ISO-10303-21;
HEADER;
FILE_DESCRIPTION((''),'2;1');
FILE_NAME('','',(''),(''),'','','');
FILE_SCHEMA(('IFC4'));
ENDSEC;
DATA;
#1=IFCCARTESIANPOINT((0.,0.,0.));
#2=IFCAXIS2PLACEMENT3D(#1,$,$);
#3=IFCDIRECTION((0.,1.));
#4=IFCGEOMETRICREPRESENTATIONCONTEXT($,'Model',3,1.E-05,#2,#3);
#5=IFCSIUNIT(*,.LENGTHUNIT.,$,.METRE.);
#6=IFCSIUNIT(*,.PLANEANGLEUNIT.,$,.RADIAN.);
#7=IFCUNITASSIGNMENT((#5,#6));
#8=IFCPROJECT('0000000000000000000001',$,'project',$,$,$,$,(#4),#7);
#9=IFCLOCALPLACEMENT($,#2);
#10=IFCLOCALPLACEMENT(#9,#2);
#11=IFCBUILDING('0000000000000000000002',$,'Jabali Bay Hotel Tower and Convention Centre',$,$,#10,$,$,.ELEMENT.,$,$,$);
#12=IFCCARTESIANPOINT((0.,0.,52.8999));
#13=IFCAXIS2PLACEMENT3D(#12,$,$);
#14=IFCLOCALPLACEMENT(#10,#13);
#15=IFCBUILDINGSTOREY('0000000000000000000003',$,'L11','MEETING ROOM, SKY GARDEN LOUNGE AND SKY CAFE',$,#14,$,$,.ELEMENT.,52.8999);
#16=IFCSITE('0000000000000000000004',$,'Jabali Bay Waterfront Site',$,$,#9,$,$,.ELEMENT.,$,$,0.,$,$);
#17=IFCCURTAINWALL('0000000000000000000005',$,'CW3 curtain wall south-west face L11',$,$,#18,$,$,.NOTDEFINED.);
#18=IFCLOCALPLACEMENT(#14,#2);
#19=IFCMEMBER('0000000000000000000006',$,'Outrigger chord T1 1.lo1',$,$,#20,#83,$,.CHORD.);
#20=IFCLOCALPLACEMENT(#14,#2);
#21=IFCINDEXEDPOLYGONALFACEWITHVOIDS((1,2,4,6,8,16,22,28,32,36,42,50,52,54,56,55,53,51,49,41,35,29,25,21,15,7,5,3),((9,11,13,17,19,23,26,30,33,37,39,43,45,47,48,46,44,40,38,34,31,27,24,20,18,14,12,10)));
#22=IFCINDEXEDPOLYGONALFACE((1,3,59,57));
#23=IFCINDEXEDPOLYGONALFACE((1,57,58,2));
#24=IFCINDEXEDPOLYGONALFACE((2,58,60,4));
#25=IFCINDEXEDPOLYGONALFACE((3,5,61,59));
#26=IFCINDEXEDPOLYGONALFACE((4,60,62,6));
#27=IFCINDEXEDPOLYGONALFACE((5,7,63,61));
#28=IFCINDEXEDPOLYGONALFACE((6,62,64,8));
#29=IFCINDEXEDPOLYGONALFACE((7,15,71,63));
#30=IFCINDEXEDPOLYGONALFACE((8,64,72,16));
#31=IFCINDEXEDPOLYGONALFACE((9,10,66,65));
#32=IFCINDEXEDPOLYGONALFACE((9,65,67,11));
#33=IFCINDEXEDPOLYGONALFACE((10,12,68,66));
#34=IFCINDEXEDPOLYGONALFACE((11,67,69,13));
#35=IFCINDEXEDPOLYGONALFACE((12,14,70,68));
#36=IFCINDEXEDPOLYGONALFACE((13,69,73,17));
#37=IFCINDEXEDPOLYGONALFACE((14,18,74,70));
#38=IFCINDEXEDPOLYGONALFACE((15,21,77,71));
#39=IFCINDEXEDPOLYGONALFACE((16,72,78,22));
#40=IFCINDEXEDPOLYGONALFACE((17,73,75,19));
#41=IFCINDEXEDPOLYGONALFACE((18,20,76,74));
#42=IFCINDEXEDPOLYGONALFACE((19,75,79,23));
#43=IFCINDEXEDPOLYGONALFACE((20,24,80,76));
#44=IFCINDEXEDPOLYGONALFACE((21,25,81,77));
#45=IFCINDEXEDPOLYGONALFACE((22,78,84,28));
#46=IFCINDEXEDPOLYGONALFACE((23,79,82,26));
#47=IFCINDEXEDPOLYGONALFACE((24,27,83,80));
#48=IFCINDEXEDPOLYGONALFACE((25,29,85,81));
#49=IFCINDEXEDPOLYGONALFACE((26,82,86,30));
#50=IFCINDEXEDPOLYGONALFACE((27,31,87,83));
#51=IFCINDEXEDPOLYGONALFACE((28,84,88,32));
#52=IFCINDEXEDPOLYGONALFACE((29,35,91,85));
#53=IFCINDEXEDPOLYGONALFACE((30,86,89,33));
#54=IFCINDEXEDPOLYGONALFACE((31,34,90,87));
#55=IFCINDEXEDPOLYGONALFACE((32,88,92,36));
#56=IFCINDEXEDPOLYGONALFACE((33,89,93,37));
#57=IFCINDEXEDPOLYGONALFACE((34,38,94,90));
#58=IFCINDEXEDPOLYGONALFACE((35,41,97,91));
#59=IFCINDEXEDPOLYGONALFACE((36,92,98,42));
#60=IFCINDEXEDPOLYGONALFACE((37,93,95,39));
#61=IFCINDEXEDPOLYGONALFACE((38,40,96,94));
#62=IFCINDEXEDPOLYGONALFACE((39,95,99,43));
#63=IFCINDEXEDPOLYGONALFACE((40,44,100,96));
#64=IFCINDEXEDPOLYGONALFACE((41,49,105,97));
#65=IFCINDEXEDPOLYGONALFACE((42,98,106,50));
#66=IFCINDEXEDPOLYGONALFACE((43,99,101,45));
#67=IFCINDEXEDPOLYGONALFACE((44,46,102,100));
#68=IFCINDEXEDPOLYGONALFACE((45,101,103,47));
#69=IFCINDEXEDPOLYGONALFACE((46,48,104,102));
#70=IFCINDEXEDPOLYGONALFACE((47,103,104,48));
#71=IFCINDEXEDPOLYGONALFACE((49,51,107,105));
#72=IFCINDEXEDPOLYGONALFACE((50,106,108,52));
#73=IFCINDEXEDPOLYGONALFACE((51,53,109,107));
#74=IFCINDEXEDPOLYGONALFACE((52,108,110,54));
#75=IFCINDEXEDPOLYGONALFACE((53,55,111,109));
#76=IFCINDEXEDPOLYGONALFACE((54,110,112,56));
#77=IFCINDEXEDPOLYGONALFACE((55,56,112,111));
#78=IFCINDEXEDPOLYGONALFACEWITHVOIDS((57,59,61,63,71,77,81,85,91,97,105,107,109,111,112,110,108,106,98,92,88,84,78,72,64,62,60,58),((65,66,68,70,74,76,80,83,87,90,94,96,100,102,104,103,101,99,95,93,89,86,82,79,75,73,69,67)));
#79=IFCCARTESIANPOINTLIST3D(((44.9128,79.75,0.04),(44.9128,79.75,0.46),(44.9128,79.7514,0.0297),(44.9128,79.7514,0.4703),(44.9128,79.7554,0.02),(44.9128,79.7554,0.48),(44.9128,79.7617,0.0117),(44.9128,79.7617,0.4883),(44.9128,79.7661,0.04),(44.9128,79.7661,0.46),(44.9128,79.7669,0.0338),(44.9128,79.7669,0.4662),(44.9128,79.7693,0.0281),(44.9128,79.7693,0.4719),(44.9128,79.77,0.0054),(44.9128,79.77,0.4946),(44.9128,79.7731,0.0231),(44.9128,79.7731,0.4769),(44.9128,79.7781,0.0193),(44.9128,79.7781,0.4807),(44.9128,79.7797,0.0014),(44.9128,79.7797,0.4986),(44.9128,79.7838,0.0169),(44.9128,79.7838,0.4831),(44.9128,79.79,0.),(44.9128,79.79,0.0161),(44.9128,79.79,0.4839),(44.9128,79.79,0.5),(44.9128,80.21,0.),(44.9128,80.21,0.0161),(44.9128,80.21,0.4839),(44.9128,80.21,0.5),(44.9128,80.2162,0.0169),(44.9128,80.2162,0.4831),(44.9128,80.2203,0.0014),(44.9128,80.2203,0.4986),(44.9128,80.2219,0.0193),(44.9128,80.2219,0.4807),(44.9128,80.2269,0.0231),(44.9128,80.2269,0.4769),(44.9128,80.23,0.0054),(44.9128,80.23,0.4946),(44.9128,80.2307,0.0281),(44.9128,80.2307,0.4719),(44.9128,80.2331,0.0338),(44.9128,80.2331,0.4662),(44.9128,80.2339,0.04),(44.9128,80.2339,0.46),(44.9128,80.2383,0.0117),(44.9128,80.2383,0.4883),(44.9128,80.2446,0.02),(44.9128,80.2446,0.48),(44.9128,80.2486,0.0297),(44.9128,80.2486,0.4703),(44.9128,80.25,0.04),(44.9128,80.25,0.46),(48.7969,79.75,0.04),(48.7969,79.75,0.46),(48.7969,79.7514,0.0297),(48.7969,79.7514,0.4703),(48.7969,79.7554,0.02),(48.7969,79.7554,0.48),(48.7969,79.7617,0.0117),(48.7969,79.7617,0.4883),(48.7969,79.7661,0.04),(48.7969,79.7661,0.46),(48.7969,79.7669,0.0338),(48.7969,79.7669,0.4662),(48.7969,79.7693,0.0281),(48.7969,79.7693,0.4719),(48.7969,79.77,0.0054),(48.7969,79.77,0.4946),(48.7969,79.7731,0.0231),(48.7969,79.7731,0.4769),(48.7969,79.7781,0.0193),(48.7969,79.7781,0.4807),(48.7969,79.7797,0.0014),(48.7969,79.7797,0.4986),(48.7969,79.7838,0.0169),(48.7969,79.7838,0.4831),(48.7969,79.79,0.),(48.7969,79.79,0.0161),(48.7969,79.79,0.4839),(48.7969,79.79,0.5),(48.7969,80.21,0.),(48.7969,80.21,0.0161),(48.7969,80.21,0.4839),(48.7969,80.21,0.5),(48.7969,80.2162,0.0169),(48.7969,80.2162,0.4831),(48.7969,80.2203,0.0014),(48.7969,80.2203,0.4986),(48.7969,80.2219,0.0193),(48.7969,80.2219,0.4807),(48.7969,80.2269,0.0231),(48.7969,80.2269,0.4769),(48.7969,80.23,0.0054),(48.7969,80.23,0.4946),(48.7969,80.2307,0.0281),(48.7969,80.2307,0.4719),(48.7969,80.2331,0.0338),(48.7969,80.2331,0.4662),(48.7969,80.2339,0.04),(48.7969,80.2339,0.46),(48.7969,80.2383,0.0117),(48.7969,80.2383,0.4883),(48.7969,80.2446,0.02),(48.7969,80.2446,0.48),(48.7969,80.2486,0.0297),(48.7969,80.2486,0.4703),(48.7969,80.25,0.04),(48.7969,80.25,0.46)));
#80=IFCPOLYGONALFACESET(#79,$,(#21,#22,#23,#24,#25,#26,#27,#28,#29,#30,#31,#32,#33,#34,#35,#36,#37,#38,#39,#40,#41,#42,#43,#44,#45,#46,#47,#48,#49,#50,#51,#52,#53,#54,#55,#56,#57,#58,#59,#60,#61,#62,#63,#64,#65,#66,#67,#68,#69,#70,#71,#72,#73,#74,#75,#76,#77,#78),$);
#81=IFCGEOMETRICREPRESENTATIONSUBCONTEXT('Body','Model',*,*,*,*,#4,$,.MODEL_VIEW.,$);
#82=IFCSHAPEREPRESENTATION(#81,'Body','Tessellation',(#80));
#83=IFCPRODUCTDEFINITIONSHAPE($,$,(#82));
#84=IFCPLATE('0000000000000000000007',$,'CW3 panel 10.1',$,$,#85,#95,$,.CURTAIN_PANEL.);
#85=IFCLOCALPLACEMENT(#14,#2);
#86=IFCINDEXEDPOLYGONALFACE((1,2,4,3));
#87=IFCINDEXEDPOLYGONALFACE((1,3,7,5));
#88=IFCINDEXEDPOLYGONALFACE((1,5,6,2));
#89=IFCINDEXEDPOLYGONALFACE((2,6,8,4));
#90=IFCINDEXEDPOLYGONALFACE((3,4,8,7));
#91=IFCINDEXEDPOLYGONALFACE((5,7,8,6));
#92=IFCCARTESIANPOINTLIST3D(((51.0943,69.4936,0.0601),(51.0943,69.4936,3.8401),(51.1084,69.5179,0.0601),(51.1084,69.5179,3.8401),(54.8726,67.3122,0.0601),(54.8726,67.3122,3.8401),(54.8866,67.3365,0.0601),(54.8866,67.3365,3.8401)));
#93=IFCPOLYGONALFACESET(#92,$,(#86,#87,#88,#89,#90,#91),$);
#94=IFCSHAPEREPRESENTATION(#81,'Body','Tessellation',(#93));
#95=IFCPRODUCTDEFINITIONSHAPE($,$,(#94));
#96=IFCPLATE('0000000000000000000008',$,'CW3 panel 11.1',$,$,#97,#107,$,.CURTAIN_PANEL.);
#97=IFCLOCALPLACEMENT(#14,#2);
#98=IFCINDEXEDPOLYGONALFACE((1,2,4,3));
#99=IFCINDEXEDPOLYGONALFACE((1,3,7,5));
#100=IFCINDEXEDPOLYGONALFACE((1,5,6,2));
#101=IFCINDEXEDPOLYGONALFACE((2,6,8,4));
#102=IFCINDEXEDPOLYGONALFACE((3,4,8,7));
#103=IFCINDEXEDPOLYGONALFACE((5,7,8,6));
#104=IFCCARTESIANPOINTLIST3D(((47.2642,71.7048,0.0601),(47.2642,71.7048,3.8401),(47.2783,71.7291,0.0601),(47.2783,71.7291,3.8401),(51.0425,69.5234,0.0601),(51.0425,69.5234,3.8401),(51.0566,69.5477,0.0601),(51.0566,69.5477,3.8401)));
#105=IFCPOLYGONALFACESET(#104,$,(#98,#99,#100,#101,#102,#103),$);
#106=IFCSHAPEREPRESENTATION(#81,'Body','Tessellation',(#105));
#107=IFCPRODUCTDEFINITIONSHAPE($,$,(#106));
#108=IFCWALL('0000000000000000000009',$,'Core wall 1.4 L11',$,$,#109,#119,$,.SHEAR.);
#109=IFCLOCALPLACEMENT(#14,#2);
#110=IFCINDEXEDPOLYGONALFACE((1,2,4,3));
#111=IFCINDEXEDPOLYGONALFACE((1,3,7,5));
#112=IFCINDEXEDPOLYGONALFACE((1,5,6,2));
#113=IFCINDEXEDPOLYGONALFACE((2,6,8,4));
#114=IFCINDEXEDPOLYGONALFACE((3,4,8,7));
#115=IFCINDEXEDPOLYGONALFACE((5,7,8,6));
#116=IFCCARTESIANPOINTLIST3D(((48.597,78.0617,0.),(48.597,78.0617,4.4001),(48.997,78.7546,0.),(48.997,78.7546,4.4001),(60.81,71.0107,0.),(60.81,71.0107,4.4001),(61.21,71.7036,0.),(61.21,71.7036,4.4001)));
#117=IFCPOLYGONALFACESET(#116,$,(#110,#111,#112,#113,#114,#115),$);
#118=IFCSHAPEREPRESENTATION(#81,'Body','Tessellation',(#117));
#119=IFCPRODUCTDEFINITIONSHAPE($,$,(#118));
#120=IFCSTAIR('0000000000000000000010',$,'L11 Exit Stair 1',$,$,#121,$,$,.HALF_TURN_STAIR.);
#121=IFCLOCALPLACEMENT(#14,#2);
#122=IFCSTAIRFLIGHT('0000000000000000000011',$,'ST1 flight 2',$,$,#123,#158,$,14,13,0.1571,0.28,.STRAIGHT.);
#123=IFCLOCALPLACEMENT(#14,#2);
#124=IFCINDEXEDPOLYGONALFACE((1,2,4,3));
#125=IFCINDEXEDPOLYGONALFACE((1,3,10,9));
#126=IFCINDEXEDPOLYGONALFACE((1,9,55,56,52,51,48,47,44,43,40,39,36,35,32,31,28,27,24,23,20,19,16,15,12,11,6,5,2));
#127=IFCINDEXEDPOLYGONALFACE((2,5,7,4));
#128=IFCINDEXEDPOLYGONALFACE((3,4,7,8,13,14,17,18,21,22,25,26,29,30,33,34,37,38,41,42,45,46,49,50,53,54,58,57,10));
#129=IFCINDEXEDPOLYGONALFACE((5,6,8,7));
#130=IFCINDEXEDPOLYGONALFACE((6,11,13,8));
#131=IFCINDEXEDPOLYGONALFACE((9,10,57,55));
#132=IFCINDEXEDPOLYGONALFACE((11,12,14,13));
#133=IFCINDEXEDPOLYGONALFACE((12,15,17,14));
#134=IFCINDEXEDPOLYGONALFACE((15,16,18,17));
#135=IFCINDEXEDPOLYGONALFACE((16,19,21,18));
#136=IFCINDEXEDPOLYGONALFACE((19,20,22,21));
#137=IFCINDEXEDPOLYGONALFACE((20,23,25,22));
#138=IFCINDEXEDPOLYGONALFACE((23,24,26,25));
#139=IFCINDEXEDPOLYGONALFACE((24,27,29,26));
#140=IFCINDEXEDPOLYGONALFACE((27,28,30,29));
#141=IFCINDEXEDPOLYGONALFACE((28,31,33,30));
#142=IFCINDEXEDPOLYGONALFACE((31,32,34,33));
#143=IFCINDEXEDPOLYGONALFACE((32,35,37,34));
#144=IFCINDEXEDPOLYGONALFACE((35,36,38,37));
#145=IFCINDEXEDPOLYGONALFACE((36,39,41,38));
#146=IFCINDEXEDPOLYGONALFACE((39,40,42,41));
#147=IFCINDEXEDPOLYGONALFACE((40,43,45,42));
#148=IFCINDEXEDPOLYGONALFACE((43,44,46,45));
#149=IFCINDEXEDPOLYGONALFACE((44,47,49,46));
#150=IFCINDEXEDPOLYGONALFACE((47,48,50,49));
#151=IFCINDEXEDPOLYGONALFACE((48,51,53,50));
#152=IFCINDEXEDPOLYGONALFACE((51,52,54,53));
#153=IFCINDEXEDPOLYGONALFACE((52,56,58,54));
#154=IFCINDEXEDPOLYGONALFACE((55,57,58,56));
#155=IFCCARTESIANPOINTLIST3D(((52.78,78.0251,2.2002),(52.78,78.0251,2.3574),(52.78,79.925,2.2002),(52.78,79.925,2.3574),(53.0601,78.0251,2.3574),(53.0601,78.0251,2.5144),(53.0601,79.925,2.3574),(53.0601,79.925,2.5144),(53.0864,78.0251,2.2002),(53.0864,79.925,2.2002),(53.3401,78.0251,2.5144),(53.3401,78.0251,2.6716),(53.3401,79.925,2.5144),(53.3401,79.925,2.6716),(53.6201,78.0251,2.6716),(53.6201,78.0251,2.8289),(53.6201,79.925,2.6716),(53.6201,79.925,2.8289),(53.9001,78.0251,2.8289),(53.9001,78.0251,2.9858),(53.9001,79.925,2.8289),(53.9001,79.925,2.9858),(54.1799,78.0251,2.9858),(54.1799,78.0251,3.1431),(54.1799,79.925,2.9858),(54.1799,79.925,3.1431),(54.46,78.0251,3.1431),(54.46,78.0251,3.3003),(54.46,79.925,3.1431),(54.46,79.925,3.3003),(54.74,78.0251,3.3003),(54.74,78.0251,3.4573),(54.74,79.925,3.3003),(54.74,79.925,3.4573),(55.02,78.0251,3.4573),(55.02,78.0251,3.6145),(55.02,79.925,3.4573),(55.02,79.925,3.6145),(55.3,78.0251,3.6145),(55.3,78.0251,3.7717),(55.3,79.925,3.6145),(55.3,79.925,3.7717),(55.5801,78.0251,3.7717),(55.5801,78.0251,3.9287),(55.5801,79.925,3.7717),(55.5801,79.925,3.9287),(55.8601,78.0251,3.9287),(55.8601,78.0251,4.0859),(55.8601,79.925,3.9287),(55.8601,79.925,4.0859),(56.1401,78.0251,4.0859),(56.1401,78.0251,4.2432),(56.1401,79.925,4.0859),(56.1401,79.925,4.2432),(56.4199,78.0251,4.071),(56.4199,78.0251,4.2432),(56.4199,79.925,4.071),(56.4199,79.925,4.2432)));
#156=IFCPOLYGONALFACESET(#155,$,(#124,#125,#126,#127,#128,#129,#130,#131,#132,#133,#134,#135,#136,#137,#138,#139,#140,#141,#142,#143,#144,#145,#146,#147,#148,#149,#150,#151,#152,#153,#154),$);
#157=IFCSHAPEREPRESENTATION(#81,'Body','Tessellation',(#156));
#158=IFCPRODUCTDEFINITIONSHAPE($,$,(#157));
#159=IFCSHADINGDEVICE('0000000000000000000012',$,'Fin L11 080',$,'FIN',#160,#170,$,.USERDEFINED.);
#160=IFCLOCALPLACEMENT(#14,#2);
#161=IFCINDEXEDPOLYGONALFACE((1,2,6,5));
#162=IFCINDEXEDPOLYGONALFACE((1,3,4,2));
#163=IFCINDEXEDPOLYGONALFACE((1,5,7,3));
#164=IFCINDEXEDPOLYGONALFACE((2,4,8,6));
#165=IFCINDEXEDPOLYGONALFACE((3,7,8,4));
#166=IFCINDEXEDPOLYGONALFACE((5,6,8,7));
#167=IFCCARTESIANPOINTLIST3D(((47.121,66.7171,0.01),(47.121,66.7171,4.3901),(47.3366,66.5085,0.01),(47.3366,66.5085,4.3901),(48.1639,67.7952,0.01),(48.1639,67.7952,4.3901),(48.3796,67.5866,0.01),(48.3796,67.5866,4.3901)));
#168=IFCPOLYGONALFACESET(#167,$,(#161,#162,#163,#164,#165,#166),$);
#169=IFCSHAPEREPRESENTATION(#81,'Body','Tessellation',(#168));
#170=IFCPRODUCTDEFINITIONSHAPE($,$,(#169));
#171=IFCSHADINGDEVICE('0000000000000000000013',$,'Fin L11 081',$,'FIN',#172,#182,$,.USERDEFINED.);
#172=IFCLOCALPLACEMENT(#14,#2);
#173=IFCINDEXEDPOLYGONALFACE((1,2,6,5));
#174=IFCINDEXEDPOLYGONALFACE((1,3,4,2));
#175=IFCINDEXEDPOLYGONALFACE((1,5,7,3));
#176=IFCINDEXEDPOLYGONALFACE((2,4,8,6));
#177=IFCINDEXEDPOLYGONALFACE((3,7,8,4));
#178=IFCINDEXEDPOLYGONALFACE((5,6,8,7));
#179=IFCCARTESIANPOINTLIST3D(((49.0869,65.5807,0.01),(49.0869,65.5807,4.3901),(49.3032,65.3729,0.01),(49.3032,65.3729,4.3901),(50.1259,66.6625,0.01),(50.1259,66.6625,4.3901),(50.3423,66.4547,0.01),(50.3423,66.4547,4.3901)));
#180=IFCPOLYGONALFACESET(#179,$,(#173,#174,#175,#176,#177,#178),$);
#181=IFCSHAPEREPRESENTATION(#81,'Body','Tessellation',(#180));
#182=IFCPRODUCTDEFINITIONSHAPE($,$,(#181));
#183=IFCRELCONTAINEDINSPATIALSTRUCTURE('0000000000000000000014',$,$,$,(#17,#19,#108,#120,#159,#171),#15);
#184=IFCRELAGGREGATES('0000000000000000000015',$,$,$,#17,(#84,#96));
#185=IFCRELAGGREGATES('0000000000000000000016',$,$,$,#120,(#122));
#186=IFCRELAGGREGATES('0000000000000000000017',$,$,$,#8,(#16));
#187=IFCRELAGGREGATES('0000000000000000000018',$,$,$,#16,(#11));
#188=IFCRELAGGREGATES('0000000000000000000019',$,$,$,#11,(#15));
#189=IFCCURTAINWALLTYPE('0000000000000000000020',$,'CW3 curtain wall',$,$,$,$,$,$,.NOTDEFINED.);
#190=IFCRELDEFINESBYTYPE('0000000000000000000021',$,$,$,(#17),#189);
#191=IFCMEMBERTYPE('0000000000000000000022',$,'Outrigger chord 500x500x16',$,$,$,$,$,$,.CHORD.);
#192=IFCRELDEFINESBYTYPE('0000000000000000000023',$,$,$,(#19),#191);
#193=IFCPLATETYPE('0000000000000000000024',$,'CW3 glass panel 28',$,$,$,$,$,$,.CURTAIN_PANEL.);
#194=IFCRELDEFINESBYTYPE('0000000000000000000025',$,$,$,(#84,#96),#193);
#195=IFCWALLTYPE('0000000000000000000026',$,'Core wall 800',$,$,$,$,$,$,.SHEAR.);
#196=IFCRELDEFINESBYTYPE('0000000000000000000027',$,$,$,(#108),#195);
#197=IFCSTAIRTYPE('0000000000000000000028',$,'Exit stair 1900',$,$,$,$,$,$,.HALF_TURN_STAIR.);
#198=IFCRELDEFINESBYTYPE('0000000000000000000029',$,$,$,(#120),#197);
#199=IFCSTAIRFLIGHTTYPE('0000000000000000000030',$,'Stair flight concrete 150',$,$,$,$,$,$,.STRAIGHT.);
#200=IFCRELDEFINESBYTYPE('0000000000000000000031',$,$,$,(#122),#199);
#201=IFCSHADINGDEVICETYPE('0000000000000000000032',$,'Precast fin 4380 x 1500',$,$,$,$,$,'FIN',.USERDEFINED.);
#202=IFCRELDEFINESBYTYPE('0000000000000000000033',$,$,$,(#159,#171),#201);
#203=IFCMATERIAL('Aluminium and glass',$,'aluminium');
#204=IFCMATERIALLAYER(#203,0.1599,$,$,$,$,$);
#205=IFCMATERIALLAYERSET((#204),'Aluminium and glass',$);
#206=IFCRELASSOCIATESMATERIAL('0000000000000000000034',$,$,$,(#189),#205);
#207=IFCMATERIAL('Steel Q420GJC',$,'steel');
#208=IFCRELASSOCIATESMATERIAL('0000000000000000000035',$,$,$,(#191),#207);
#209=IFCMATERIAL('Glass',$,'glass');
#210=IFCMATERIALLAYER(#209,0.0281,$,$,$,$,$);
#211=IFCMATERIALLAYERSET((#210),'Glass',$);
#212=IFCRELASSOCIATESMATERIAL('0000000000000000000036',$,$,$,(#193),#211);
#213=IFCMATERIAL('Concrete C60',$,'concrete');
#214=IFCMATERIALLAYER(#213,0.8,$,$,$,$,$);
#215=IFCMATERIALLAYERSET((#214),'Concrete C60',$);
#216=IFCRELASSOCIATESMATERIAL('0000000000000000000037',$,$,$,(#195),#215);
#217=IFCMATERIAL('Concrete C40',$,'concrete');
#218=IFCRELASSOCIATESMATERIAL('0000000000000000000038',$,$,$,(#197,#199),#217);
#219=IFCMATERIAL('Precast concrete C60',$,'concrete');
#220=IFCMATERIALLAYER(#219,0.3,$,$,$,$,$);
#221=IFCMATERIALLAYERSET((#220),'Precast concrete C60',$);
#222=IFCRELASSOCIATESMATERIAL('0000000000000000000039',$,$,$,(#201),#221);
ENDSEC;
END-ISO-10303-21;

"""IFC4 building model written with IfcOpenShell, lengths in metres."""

from ifc_helpers import new_model, si_unit, direction, frame, frame_2d, origin, origin_2d, place, context, subcontext, project, spatial, polyline, rectangle, hollow_rectangle, outline, extrude, material, layer, layer_set, material_profile, profile_set, type_object, element, aggregate, save


model = new_model("IFC4")

# Units and contexts
model_context = context("Model", 3, precision=1e-05, world=origin(), true_north=direction((0.0, 1.0)))
body_context = subcontext(model_context, "Body", "Model", "MODEL_VIEW")
ifc_project = project(units=[si_unit("LENGTHUNIT", "METRE"), si_unit("PLANEANGLEUNIT", "RADIAN")], contexts=[model_context])

# Site, building, storey
site_placement = place(None, origin())
site = spatial("IfcSite", under=ifc_project, at=site_placement, Name="Jabali Bay Waterfront Site", CompositionType="ELEMENT", RefElevation=0.0)
building_placement = place(site_placement, origin())
building = spatial("IfcBuilding", under=site, at=building_placement, Name="Jabali Bay Hotel Tower and Convention Centre", CompositionType="ELEMENT")
storey_placement = place(building_placement, frame((0.0, 0.0, 52.8999)))
storey = spatial("IfcBuildingStorey", under=building, at=storey_placement, Name="L11", Description="MEETING ROOM, SKY GARDEN LOUNGE AND SKY CAFE", CompositionType="ELEMENT", Elevation=52.8999)

# Shared definitions
ifc_material_1 = material(Name="Steel Q420GJC", Category="steel")

# Curtain wall
ifc_material_2 = material(Name="Aluminium and glass", Category="aluminium")
ifc_layer_1 = layer(ifc_material_2, 0.1599)
ifc_layer_set_1 = layer_set([ifc_layer_1], Name="Aluminium and glass")
curtain_wall_type = type_object("IfcCurtainWallType", Name="CW3 curtain wall", PredefinedType="NOTDEFINED", material=ifc_layer_set_1)
curtain_wall_placement = place(storey_placement, origin())
curtain_wall = element("IfcCurtainWall", 1, at=curtain_wall_placement, inside=storey, type_object=curtain_wall_type, Name="CW3 curtain wall south-west face L11", PredefinedType="NOTDEFINED")

# Member
ifc_material_profile_1 = material_profile(ifc_material_1, hollow_rectangle(XDim=0.5, YDim=0.5, WallThickness=0.0161, InnerFilletRadius=0.0239, OuterFilletRadius=0.04, at=origin_2d()), Name="Outrigger chord 500x500x16")
ifc_profile_set_1 = profile_set([ifc_material_profile_1], Name="Steel Q420GJC")
member_type_1 = type_object("IfcMemberType", Name="Outrigger chord 500x500x16", PredefinedType="CHORD", material=ifc_profile_set_1)
member_1_placement = place(storey_placement, frame((48.7969, 80.0, 0.25), z_axis=(-1.0, 0.0, 0.0), x_axis=(0.0, -1.0, 0.0)))
element("IfcMember", 2, at=member_1_placement, inside=storey, type_object=member_type_1, Name="Outrigger chord T1 1.lo1", PredefinedType="CHORD", context=body_context, shape_type="SweptSolid", body=[
    extrude(hollow_rectangle(XDim=0.5, YDim=0.5, WallThickness=0.0161, InnerFilletRadius=0.0239, OuterFilletRadius=0.04, at=origin_2d()), origin(), (0.0, 0.0, 1.0), 3.884),
])

# Plates
ifc_material_3 = material(Name="Glass", Category="glass")
ifc_layer_2 = layer(ifc_material_3, 0.0281)
ifc_layer_set_2 = layer_set([ifc_layer_2], Name="Glass")
plate_type = type_object("IfcPlateType", Name="CW3 glass panel 28", PredefinedType="CURTAIN_PANEL", material=ifc_layer_set_2)
plate_1_placement = place(storey_placement, frame((52.9905, 68.415, 0.0601), z_axis=(0.0, 0.0, 1.0), x_axis=(-0.866025, 0.5, 0.0)))
plate_1 = element("IfcPlate", 3, at=plate_1_placement, type_object=plate_type, Name="CW3 panel 10.1", PredefinedType="CURTAIN_PANEL", context=body_context, shape_type="SweptSolid", body=[
    extrude(rectangle(XDim=4.3628, YDim=0.0281, at=origin_2d()), origin(), (0.0, 0.0, 1.0), 3.78),
])
plate_2_placement = place(storey_placement, frame((49.1604, 70.6262, 0.0601), z_axis=(0.0, 0.0, 1.0), x_axis=(-0.866025, 0.5, 0.0)))
plate_2 = element("IfcPlate", 4, at=plate_2_placement, type_object=plate_type, Name="CW3 panel 11.1", PredefinedType="CURTAIN_PANEL", context=body_context, shape_type="SweptSolid", body=[
    extrude(rectangle(XDim=4.3628, YDim=0.0281, at=origin_2d()), origin(), (0.0, 0.0, 1.0), 3.78),
])
aggregate(curtain_wall, [plate_1, plate_2])

# Wall
ifc_material_4 = material(Name="Concrete C60", Category="concrete")
ifc_layer_3 = layer(ifc_material_4, 0.8)
ifc_layer_set_3 = layer_set([ifc_layer_3], Name="Concrete C60")
wall_type = type_object("IfcWallType", Name="Core wall 800", PredefinedType="SHEAR", material=ifc_layer_set_3)
wall_placement = place(storey_placement, frame((48.7969, 78.4082, 0.0), z_axis=(0.0, 0.0, 1.0), x_axis=(0.866033, -0.499988, 0.0)))
element("IfcWall", 5, at=wall_placement, inside=storey, type_object=wall_type, Name="Core wall 1.4 L11", PredefinedType="SHEAR", context=body_context, shape_type="SweptSolid", body=[
    extrude(rectangle(XDim=14.1023, YDim=0.8, at=frame_2d((7.0513, 0.0))), origin(), (0.0, 0.0, 1.0), 4.4001),
])

# Stair, stair flight
ifc_material_5 = material(Name="Concrete C40", Category="concrete")
stair_type = type_object("IfcStairType", Name="Exit stair 1900", PredefinedType="HALF_TURN_STAIR", material=ifc_material_5)
stair_placement = place(storey_placement, origin())
stair = element("IfcStair", 6, at=stair_placement, inside=storey, type_object=stair_type, Name="L11 Exit Stair 1", PredefinedType="HALF_TURN_STAIR")
stair_flight_type = type_object("IfcStairFlightType", Name="Stair flight concrete 150", PredefinedType="STRAIGHT", material=ifc_material_5)
stair_flight_placement = place(storey_placement, frame((52.78, 78.9751, 2.2002), z_axis=(0.0, 0.0, 1.0), x_axis=(1.0, 0.0, 0.0)))
stair_flight = element("IfcStairFlight", 7, at=stair_flight_placement, type_object=stair_flight_type, Name="ST1 flight 2", NumberOfRisers=14, NumberOfTreads=13, PredefinedType="STRAIGHT", RiserHeight=0.1571, TreadLength=0.28, context=body_context, shape_type="SweptSolid", body=[
    extrude(outline(polyline([(0.0, 0.0), (0.0, 0.1572), (0.28, 0.1572), (0.28, 0.3142), (0.5601, 0.3142), (0.5601, 0.4714), (0.8401, 0.4714), (0.8401, 0.6287), (1.1201, 0.6287), (1.1201, 0.7856), (1.3999, 0.7856), (1.3999, 0.9429), (1.6799, 0.9429), (1.6799, 1.1001), (1.96, 1.1001), (1.96, 1.2571), (2.24, 1.2571), (2.24, 1.4143), (2.52, 1.4143), (2.52, 1.5715), (2.8, 1.5715), (2.8, 1.7285), (3.0801, 1.7285), (3.0801, 1.8857), (3.3601, 1.8857), (3.3601, 2.043), (3.6399, 2.043), (3.6399, 2.2), (3.6399, 1.8708), (0.3064, 0.0), (0.0, 0.0)])), frame((0.0, 0.95, 0.0), z_axis=(0.0, -1.0, 0.0), x_axis=(1.0, 0.0, 0.0)), (0.0, 0.0, 1.0), 1.8999),
])
aggregate(stair, [stair_flight])

# Shading devices
ifc_material_6 = material(Name="Precast concrete C60", Category="concrete")
ifc_layer_4 = layer(ifc_material_6, 0.3)
ifc_layer_set_4 = layer_set([ifc_layer_4], Name="Precast concrete C60")
shading_device_type = type_object("IfcShadingDeviceType", Name="Precast fin 4380 x 1500", ElementType="FIN", PredefinedType="USERDEFINED", material=ifc_layer_set_4)
for number, where, z_axis, x_axis, name in (
    (8, (48.2717, 67.6909, 0.01), (0.0, 0.0, 1.0), (-0.695291, -0.718728, 0.0), "Fin L11 080"),
    (9, (50.2341, 66.5586, 0.01), (0.0, 0.0, 1.0), (-0.692722, -0.721205, 0.0), "Fin L11 081"),
):
    element("IfcShadingDevice", number, at=place(storey_placement, frame(where, z_axis=z_axis, x_axis=x_axis)), inside=storey, type_object=shading_device_type, Name=name, ObjectType="FIN", PredefinedType="USERDEFINED", context=body_context, shape_type="SweptSolid", body=[
        extrude(rectangle(XDim=1.5, YDim=0.3, at=frame_2d((0.75, 0.0))), origin(), (0.0, 0.0, 1.0), 4.3801),
    ])

save(model, "model.ifc")
